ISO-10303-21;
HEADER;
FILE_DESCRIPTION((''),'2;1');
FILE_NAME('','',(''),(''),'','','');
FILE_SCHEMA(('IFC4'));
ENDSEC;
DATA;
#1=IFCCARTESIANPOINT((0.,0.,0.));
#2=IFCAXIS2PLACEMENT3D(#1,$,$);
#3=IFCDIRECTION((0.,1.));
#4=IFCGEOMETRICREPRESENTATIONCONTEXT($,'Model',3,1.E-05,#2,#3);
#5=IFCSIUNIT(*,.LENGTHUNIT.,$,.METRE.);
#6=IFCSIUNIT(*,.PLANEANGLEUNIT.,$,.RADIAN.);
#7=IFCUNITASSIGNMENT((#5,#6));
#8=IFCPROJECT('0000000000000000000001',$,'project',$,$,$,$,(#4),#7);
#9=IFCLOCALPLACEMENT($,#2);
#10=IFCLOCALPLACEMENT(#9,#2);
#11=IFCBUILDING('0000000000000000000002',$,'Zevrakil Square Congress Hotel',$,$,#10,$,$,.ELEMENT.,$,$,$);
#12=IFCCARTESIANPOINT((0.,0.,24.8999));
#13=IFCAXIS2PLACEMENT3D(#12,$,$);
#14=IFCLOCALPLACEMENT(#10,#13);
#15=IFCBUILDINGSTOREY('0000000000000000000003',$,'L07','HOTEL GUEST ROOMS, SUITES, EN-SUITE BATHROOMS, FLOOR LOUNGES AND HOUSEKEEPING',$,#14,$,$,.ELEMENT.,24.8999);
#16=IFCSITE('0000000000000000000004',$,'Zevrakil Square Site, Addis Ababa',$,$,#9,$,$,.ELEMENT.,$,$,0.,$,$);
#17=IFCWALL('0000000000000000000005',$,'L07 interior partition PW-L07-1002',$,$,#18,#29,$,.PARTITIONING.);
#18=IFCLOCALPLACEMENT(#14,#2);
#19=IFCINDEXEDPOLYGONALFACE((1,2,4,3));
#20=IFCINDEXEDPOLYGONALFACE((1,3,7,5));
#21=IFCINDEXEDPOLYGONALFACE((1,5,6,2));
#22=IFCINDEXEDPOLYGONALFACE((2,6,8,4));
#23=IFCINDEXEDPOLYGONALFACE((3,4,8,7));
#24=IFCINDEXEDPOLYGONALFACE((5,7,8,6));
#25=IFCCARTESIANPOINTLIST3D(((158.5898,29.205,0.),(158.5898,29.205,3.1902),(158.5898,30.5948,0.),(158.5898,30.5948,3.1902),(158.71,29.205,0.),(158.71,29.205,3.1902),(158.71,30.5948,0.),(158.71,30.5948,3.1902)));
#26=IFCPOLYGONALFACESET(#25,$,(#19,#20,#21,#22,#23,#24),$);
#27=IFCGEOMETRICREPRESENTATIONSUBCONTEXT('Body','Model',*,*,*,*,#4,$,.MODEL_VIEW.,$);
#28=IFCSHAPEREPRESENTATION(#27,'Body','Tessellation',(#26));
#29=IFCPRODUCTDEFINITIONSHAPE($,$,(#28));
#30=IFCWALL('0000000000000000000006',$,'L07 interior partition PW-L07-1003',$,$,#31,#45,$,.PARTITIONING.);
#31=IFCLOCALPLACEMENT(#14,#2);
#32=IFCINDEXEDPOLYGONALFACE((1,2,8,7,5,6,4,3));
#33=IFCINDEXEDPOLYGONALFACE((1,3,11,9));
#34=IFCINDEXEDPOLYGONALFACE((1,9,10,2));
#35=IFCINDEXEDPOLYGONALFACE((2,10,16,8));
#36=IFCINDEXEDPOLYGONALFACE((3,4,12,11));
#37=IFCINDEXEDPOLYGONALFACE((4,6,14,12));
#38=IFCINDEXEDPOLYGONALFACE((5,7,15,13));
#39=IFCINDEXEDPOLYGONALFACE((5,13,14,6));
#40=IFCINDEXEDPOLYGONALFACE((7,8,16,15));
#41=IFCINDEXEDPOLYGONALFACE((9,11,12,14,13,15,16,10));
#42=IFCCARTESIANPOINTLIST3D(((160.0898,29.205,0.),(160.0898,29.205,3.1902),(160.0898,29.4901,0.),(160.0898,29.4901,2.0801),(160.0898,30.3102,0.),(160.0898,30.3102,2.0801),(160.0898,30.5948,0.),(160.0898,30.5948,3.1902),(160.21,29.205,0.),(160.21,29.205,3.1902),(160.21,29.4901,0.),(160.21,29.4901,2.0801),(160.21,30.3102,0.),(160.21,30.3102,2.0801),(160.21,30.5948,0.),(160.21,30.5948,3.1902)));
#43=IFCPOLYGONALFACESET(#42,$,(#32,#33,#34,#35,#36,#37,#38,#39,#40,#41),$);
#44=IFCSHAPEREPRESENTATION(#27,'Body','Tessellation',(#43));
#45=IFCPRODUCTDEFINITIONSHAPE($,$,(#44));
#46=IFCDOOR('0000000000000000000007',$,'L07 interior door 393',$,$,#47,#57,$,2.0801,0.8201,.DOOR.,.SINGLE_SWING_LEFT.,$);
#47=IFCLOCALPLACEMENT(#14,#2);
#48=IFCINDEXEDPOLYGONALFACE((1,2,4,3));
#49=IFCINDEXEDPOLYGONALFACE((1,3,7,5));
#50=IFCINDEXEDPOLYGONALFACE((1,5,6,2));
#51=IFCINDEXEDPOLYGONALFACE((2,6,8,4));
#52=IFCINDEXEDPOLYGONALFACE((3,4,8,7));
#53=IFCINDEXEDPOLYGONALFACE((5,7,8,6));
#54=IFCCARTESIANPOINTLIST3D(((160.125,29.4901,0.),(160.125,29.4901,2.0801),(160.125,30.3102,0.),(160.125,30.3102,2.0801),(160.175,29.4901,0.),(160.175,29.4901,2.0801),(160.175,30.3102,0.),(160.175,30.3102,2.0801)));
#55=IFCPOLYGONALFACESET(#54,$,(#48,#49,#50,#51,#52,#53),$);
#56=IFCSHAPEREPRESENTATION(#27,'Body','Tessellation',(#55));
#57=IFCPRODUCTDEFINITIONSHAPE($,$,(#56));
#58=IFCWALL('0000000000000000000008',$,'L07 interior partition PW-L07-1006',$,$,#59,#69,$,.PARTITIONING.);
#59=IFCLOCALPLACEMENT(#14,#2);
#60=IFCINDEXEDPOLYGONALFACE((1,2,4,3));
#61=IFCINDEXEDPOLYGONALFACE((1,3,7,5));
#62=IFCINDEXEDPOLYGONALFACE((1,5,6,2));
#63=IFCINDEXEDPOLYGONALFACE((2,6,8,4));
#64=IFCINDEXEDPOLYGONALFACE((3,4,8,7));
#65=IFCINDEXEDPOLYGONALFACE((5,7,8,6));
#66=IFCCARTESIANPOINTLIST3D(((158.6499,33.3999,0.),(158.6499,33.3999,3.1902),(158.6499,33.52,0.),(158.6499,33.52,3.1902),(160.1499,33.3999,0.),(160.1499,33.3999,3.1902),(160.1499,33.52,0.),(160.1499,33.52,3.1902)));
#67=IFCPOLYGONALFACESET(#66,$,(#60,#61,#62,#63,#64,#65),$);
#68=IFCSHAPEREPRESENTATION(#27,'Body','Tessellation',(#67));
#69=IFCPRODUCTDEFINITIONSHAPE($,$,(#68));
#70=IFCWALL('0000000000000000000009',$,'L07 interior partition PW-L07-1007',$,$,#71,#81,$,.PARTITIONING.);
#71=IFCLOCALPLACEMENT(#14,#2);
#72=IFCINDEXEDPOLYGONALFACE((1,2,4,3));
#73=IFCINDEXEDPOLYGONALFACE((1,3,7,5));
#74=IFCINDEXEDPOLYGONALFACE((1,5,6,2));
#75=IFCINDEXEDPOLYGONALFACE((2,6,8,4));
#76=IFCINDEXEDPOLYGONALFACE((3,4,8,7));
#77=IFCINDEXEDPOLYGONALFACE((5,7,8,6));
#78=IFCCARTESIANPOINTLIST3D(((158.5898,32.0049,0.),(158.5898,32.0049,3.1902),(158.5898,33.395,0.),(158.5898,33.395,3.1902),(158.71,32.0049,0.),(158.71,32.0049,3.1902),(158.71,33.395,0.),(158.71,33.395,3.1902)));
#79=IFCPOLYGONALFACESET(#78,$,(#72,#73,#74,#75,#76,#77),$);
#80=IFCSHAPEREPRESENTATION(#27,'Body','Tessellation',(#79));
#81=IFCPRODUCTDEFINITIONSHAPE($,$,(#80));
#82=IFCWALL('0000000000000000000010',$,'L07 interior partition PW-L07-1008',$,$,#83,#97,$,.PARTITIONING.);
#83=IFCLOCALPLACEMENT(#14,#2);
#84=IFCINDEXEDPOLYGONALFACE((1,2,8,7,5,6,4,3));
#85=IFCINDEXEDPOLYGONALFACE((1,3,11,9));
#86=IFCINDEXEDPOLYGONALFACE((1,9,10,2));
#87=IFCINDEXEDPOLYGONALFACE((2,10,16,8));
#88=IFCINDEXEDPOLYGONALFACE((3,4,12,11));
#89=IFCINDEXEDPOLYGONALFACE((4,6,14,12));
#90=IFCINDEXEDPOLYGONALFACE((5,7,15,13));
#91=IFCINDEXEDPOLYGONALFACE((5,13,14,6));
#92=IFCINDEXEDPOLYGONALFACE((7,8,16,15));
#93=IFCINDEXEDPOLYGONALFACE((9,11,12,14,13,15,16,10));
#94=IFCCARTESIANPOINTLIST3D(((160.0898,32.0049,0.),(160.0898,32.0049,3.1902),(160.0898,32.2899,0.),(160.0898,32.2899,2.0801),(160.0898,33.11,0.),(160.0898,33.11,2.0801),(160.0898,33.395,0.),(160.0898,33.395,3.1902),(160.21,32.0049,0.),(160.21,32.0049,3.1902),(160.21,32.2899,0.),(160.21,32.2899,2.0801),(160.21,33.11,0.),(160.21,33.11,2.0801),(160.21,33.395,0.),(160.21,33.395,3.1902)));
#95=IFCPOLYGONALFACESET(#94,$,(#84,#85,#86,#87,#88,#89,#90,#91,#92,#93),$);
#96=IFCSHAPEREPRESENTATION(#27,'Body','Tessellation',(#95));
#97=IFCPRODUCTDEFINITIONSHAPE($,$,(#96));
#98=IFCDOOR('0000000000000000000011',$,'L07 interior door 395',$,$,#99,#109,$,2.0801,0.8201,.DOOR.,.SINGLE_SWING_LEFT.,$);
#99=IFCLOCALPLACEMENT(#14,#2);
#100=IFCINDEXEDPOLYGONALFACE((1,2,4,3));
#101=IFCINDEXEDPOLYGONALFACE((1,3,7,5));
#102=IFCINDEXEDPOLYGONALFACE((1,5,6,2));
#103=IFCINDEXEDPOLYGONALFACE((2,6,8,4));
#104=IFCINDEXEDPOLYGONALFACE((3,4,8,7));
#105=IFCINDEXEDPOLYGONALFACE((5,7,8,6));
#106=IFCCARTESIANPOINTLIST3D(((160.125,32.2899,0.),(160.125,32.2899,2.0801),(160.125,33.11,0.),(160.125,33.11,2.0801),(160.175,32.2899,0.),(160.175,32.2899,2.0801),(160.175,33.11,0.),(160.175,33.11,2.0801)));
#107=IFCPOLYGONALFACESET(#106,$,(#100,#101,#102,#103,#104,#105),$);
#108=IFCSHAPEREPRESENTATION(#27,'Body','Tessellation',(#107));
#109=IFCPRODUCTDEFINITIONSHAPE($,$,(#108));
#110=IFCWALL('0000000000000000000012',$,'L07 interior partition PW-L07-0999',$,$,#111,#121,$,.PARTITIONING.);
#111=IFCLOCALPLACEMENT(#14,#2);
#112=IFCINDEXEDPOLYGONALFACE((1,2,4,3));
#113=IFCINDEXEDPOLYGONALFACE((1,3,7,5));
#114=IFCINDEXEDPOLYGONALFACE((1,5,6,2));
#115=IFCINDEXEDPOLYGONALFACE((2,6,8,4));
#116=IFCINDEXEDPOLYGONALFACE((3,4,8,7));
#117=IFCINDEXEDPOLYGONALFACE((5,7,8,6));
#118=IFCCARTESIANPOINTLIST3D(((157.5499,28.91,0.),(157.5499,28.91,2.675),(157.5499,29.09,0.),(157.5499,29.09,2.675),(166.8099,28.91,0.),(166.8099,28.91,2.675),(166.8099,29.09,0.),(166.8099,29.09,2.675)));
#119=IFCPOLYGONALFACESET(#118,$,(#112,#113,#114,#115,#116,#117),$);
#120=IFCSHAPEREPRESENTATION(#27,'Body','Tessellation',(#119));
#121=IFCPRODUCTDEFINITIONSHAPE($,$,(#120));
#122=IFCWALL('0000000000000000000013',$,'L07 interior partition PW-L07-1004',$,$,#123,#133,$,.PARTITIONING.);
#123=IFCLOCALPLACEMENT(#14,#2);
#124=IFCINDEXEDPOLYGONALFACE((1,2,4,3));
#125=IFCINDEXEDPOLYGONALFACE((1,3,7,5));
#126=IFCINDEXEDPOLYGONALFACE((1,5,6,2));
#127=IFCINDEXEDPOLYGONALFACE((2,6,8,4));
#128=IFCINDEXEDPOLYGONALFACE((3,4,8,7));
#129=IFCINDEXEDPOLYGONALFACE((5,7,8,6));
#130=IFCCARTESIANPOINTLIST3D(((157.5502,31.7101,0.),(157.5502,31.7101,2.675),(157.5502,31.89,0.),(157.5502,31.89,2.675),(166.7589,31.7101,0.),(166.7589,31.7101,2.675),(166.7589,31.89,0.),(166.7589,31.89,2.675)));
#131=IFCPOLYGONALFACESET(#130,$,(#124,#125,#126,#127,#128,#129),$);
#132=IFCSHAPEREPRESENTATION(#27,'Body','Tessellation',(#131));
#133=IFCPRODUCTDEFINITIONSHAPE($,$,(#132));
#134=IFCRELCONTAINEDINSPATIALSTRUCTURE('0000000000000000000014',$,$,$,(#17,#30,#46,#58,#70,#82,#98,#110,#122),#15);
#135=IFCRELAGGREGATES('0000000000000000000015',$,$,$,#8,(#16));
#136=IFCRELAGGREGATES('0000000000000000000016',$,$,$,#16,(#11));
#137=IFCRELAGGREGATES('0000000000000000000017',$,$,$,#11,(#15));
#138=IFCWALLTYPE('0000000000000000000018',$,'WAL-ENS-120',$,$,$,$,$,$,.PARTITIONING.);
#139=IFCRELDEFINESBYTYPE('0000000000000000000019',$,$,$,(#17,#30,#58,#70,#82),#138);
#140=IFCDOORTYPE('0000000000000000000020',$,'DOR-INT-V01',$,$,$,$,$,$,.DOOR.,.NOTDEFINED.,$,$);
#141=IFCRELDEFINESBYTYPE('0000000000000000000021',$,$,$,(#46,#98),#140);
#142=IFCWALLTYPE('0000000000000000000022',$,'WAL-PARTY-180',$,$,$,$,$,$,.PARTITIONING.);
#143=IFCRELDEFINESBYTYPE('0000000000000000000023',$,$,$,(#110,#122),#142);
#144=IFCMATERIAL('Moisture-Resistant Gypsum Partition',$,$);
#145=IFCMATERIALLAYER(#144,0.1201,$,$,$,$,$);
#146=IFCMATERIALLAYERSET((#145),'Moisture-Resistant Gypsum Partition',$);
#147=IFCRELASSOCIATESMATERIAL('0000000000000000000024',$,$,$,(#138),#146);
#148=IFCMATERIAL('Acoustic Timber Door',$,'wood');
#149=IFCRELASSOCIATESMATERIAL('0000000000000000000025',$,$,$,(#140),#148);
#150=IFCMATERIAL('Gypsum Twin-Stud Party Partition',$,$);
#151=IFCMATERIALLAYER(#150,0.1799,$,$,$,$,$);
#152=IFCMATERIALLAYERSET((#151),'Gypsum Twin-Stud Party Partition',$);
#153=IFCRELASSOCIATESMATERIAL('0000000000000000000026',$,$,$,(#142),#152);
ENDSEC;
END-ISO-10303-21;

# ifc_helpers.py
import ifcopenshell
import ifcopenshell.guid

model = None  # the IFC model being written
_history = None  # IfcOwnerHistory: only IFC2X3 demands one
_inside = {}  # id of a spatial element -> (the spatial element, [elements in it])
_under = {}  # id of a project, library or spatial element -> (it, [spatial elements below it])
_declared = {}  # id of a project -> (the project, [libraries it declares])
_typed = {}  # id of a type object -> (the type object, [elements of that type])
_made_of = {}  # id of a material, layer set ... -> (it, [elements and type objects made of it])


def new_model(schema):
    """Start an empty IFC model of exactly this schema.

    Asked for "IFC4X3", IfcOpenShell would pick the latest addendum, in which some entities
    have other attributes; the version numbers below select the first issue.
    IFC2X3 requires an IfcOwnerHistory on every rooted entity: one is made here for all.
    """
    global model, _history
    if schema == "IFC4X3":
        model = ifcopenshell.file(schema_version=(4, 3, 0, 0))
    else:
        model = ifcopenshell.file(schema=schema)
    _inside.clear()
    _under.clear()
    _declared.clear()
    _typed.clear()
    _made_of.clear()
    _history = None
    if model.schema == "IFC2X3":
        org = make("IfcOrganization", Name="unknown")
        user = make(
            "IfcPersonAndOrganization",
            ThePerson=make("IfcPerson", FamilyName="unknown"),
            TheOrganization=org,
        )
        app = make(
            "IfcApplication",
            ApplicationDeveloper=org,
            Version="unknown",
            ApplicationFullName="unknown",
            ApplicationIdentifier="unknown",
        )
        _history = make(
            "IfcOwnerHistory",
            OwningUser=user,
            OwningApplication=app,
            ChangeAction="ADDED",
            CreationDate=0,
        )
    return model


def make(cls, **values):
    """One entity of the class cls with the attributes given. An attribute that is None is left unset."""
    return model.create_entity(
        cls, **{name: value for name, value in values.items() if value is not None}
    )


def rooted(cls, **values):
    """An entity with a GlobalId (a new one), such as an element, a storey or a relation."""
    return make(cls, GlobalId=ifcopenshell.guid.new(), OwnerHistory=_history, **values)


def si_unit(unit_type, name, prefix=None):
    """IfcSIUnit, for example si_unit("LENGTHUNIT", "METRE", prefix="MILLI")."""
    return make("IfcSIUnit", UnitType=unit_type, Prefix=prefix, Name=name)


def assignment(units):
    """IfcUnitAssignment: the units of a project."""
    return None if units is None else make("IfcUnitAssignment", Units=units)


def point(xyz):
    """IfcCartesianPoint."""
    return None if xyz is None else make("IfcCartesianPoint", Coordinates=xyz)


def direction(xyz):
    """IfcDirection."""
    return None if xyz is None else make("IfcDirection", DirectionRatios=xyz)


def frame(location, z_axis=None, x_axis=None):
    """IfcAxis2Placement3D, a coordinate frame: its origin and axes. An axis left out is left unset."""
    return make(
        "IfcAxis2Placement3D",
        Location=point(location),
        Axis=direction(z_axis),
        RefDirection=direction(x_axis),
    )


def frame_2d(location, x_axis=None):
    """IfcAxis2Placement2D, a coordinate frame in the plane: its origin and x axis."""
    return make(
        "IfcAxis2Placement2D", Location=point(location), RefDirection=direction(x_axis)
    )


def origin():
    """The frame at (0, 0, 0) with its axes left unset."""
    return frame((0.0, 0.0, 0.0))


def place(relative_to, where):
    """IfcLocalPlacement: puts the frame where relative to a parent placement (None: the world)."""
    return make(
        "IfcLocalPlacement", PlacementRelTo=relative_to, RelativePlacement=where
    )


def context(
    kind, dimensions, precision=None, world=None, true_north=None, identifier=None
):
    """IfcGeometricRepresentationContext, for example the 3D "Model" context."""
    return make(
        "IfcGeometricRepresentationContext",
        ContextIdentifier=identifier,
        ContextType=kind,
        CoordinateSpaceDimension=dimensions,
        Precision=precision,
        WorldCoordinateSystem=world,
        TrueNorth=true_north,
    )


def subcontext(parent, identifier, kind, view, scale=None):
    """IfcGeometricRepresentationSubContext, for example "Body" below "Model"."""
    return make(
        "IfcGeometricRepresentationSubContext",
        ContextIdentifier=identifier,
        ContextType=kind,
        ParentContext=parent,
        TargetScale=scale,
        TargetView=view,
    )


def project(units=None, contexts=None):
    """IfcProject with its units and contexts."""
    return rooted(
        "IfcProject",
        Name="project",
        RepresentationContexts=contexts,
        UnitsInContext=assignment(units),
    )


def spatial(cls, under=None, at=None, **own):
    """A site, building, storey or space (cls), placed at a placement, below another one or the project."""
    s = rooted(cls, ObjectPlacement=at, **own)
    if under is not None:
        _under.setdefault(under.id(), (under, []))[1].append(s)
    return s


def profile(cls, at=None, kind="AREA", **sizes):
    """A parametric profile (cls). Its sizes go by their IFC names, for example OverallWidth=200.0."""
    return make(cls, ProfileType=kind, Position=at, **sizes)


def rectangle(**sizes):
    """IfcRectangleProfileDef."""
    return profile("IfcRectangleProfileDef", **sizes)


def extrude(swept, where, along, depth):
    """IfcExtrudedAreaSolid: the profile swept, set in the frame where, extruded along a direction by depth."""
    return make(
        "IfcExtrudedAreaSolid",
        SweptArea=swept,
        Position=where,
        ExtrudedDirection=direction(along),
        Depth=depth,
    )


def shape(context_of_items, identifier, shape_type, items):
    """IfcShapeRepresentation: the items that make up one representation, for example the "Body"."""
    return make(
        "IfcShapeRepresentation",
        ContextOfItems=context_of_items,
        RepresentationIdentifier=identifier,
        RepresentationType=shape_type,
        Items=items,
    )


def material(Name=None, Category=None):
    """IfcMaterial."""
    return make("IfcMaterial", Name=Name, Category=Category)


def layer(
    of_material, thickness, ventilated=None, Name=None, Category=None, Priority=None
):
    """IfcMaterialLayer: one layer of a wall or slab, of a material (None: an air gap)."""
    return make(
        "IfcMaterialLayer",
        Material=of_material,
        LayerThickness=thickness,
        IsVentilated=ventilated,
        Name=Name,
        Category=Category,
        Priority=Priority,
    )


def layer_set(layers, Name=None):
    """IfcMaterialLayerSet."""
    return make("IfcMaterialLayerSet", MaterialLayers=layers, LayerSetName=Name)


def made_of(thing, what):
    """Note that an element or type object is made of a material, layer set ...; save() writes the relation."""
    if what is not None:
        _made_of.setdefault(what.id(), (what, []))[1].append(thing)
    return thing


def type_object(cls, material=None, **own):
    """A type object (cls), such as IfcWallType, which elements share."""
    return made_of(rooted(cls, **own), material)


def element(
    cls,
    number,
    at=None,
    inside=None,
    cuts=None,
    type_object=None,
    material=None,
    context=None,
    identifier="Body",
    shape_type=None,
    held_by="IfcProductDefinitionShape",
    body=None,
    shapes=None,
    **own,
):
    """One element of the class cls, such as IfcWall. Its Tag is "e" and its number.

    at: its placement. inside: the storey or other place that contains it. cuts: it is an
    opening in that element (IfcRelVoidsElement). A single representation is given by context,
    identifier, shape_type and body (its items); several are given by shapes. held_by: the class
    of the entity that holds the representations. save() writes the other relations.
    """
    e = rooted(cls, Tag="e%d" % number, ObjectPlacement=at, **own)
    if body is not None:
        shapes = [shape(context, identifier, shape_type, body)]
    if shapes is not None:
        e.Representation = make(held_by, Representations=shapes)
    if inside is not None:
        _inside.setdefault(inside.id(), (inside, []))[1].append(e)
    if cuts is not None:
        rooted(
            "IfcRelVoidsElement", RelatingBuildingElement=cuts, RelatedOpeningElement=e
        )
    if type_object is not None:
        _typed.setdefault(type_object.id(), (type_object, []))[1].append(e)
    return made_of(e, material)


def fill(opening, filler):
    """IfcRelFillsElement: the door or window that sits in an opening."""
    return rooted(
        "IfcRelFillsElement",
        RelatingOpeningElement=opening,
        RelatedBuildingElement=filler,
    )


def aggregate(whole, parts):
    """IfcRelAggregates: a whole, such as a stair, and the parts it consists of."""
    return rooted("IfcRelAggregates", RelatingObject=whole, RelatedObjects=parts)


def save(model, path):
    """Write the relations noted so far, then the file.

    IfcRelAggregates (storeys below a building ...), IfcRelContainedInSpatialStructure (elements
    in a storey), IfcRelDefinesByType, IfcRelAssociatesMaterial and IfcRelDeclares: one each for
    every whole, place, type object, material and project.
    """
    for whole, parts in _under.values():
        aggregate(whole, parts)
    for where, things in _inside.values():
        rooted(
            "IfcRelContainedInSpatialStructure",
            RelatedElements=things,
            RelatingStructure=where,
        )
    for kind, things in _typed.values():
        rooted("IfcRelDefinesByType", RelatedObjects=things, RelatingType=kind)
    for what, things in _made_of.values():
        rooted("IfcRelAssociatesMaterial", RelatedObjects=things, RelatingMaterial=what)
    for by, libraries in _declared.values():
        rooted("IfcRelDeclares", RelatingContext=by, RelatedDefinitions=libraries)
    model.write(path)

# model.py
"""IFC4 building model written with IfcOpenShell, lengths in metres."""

from ifc_helpers import new_model, si_unit, direction, frame, frame_2d, origin, place, context, subcontext, project, spatial, rectangle, extrude, material, layer, layer_set, type_object, element, fill, save


model = new_model("IFC4")

# Units and contexts
model_context = context("Model", 3, precision=1e-05, world=origin(), true_north=direction((0.0, 1.0)))
body_context = subcontext(model_context, "Body", "Model", "MODEL_VIEW")
ifc_project = project(units=[si_unit("LENGTHUNIT", "METRE"), si_unit("PLANEANGLEUNIT", "RADIAN")], contexts=[model_context])

# Site, building, storey
site_placement = place(None, origin())
site = spatial("IfcSite", under=ifc_project, at=site_placement, Name="Zevrakil Square Site, Addis Ababa", CompositionType="ELEMENT", RefElevation=0.0)
building_placement = place(site_placement, origin())
building = spatial("IfcBuilding", under=site, at=building_placement, Name="Zevrakil Square Congress Hotel", CompositionType="ELEMENT")
storey_placement = place(building_placement, frame((0.0, 0.0, 24.8999)))
storey = spatial("IfcBuildingStorey", under=building, at=storey_placement, Name="L07", Description="HOTEL GUEST ROOMS, SUITES, EN-SUITE BATHROOMS, FLOOR LOUNGES AND HOUSEKEEPING", CompositionType="ELEMENT", Elevation=24.8999)

# Wall
ifc_material_1 = material(Name="Moisture-Resistant Gypsum Partition")
ifc_layer_1 = layer(ifc_material_1, 0.1201)
ifc_layer_set_1 = layer_set([ifc_layer_1], Name="Moisture-Resistant Gypsum Partition")
wall_type_1 = type_object("IfcWallType", Name="WAL-ENS-120", PredefinedType="PARTITIONING", material=ifc_layer_set_1)
wall_1_placement = place(storey_placement, frame((158.6499, 29.2051, 0.0), z_axis=(0.0, 0.0, 1.0), x_axis=(0.0, 1.0, 0.0)))
element("IfcWall", 1, at=wall_1_placement, inside=storey, type_object=wall_type_1, Name="L07 interior partition PW-L07-1002", PredefinedType="PARTITIONING", context=body_context, shape_type="SweptSolid", body=[
    extrude(rectangle(XDim=1.3899, YDim=0.1201, at=frame_2d((0.6948, 0.0))), origin(), (0.0, 0.0, 1.0), 3.1902),
])

# Wall, opening, door
wall_2_placement = place(storey_placement, frame((160.1499, 29.2051, 0.0), z_axis=(0.0, 0.0, 1.0), x_axis=(0.0, 1.0, 0.0)))
wall_2 = element("IfcWall", 2, at=wall_2_placement, inside=storey, type_object=wall_type_1, Name="L07 interior partition PW-L07-1003", PredefinedType="PARTITIONING", context=body_context, shape_type="SweptSolid", body=[
    extrude(rectangle(XDim=1.3899, YDim=0.1201, at=frame_2d((0.6948, 0.0))), origin(), (0.0, 0.0, 1.0), 3.1902),
])
opening_1_placement = place(wall_2_placement, frame((0.2849, 0.0, 0.0)))
opening_1 = element("IfcOpeningElement", 3, at=opening_1_placement, cuts=wall_2, PredefinedType="OPENING", context=body_context, shape_type="SweptSolid", body=[
    extrude(rectangle(XDim=0.8201, YDim=2.0801, at=frame_2d((0.4102, 1.04))), frame((0.0, 0.0701, 0.0), z_axis=(0.0, -1.0, 0.0), x_axis=(1.0, 0.0, 0.0)), (0.0, 0.0, 1.0), 0.1401),
])
ifc_material_2 = material(Name="Acoustic Timber Door", Category="wood")
door_type_1 = type_object("IfcDoorType", Name="DOR-INT-V01", OperationType="NOTDEFINED", PredefinedType="DOOR", material=ifc_material_2)
door_1_placement = place(opening_1_placement, origin())
door_1 = element("IfcDoor", 4, at=door_1_placement, inside=storey, type_object=door_type_1, Name="L07 interior door 393", OperationType="SINGLE_SWING_LEFT", OverallHeight=2.0801, OverallWidth=0.8201, PredefinedType="DOOR", context=body_context, shape_type="SweptSolid", body=[
    extrude(rectangle(XDim=0.8201, YDim=2.0801, at=frame_2d((0.4102, 1.04))), frame((0.0, 0.0249, 0.0), z_axis=(0.0, -1.0, 0.0), x_axis=(1.0, 0.0, 0.0)), (0.0, 0.0, 1.0), 0.05),
])
fill(opening_1, door_1)

# Walls
wall_3_placement = place(storey_placement, frame((158.6499, 33.46, 0.0), z_axis=(0.0, 0.0, 1.0), x_axis=(1.0, 0.0, 0.0)))
element("IfcWall", 5, at=wall_3_placement, inside=storey, type_object=wall_type_1, Name="L07 interior partition PW-L07-1006", PredefinedType="PARTITIONING", context=body_context, shape_type="SweptSolid", body=[
    extrude(rectangle(XDim=1.5, YDim=0.1201, at=frame_2d((0.75, 0.0))), origin(), (0.0, 0.0, 1.0), 3.1902),
])
wall_4_placement = place(storey_placement, frame((158.6499, 32.0049, 0.0), z_axis=(0.0, 0.0, 1.0), x_axis=(0.0, 1.0, 0.0)))
element("IfcWall", 6, at=wall_4_placement, inside=storey, type_object=wall_type_1, Name="L07 interior partition PW-L07-1007", PredefinedType="PARTITIONING", context=body_context, shape_type="SweptSolid", body=[
    extrude(rectangle(XDim=1.3901, YDim=0.1201, at=frame_2d((0.6951, 0.0))), origin(), (0.0, 0.0, 1.0), 3.1902),
])

# Wall, opening, door
wall_5_placement = place(storey_placement, frame((160.1499, 32.0049, 0.0), z_axis=(0.0, 0.0, 1.0), x_axis=(0.0, 1.0, 0.0)))
wall_5 = element("IfcWall", 7, at=wall_5_placement, inside=storey, type_object=wall_type_1, Name="L07 interior partition PW-L07-1008", PredefinedType="PARTITIONING", context=body_context, shape_type="SweptSolid", body=[
    extrude(rectangle(XDim=1.3901, YDim=0.1201, at=frame_2d((0.6951, 0.0))), origin(), (0.0, 0.0, 1.0), 3.1902),
])
opening_2_placement = place(wall_5_placement, frame((0.2849, 0.0, 0.0)))
opening_2 = element("IfcOpeningElement", 8, at=opening_2_placement, cuts=wall_5, PredefinedType="OPENING", context=body_context, shape_type="SweptSolid", body=[
    extrude(rectangle(XDim=0.8201, YDim=2.0801, at=frame_2d((0.4102, 1.04))), frame((0.0, 0.0701, 0.0), z_axis=(0.0, -1.0, 0.0), x_axis=(1.0, 0.0, 0.0)), (0.0, 0.0, 1.0), 0.1401),
])
door_2_placement = place(opening_2_placement, origin())
door_2 = element("IfcDoor", 9, at=door_2_placement, inside=storey, type_object=door_type_1, Name="L07 interior door 395", OperationType="SINGLE_SWING_LEFT", OverallHeight=2.0801, OverallWidth=0.8201, PredefinedType="DOOR", context=body_context, shape_type="SweptSolid", body=[
    extrude(rectangle(XDim=0.8201, YDim=2.0801, at=frame_2d((0.4102, 1.04))), frame((0.0, 0.0249, 0.0), z_axis=(0.0, -1.0, 0.0), x_axis=(1.0, 0.0, 0.0)), (0.0, 0.0, 1.0), 0.05),
])
fill(opening_2, door_2)

# Walls
ifc_material_3 = material(Name="Gypsum Twin-Stud Party Partition")
ifc_layer_2 = layer(ifc_material_3, 0.1799)
ifc_layer_set_2 = layer_set([ifc_layer_2], Name="Gypsum Twin-Stud Party Partition")
wall_type_2 = type_object("IfcWallType", Name="WAL-PARTY-180", PredefinedType="PARTITIONING", material=ifc_layer_set_2)
wall_6_placement = place(storey_placement, frame((157.55, 29.0, 0.0), z_axis=(0.0, 0.0, 1.0), x_axis=(1.0, 0.0, 0.0)))
element("IfcWall", 10, at=wall_6_placement, inside=storey, type_object=wall_type_2, Name="L07 interior partition PW-L07-0999", PredefinedType="PARTITIONING", context=body_context, shape_type="SweptSolid", body=[
    extrude(rectangle(XDim=9.26, YDim=0.1799, at=frame_2d((4.6299, 0.0))), origin(), (0.0, 0.0, 1.0), 2.675),
])
wall_7_placement = place(storey_placement, frame((157.55, 31.8, 0.0), z_axis=(0.0, 0.0, 1.0), x_axis=(1.0, 0.0, 0.0)))
element("IfcWall", 11, at=wall_7_placement, inside=storey, type_object=wall_type_2, Name="L07 interior partition PW-L07-1004", PredefinedType="PARTITIONING", context=body_context, shape_type="SweptSolid", body=[
    extrude(rectangle(XDim=9.2087, YDim=0.1799, at=frame_2d((4.6045, 0.0))), origin(), (0.0, 0.0, 1.0), 2.675),
])

save(model, "model.ifc")
